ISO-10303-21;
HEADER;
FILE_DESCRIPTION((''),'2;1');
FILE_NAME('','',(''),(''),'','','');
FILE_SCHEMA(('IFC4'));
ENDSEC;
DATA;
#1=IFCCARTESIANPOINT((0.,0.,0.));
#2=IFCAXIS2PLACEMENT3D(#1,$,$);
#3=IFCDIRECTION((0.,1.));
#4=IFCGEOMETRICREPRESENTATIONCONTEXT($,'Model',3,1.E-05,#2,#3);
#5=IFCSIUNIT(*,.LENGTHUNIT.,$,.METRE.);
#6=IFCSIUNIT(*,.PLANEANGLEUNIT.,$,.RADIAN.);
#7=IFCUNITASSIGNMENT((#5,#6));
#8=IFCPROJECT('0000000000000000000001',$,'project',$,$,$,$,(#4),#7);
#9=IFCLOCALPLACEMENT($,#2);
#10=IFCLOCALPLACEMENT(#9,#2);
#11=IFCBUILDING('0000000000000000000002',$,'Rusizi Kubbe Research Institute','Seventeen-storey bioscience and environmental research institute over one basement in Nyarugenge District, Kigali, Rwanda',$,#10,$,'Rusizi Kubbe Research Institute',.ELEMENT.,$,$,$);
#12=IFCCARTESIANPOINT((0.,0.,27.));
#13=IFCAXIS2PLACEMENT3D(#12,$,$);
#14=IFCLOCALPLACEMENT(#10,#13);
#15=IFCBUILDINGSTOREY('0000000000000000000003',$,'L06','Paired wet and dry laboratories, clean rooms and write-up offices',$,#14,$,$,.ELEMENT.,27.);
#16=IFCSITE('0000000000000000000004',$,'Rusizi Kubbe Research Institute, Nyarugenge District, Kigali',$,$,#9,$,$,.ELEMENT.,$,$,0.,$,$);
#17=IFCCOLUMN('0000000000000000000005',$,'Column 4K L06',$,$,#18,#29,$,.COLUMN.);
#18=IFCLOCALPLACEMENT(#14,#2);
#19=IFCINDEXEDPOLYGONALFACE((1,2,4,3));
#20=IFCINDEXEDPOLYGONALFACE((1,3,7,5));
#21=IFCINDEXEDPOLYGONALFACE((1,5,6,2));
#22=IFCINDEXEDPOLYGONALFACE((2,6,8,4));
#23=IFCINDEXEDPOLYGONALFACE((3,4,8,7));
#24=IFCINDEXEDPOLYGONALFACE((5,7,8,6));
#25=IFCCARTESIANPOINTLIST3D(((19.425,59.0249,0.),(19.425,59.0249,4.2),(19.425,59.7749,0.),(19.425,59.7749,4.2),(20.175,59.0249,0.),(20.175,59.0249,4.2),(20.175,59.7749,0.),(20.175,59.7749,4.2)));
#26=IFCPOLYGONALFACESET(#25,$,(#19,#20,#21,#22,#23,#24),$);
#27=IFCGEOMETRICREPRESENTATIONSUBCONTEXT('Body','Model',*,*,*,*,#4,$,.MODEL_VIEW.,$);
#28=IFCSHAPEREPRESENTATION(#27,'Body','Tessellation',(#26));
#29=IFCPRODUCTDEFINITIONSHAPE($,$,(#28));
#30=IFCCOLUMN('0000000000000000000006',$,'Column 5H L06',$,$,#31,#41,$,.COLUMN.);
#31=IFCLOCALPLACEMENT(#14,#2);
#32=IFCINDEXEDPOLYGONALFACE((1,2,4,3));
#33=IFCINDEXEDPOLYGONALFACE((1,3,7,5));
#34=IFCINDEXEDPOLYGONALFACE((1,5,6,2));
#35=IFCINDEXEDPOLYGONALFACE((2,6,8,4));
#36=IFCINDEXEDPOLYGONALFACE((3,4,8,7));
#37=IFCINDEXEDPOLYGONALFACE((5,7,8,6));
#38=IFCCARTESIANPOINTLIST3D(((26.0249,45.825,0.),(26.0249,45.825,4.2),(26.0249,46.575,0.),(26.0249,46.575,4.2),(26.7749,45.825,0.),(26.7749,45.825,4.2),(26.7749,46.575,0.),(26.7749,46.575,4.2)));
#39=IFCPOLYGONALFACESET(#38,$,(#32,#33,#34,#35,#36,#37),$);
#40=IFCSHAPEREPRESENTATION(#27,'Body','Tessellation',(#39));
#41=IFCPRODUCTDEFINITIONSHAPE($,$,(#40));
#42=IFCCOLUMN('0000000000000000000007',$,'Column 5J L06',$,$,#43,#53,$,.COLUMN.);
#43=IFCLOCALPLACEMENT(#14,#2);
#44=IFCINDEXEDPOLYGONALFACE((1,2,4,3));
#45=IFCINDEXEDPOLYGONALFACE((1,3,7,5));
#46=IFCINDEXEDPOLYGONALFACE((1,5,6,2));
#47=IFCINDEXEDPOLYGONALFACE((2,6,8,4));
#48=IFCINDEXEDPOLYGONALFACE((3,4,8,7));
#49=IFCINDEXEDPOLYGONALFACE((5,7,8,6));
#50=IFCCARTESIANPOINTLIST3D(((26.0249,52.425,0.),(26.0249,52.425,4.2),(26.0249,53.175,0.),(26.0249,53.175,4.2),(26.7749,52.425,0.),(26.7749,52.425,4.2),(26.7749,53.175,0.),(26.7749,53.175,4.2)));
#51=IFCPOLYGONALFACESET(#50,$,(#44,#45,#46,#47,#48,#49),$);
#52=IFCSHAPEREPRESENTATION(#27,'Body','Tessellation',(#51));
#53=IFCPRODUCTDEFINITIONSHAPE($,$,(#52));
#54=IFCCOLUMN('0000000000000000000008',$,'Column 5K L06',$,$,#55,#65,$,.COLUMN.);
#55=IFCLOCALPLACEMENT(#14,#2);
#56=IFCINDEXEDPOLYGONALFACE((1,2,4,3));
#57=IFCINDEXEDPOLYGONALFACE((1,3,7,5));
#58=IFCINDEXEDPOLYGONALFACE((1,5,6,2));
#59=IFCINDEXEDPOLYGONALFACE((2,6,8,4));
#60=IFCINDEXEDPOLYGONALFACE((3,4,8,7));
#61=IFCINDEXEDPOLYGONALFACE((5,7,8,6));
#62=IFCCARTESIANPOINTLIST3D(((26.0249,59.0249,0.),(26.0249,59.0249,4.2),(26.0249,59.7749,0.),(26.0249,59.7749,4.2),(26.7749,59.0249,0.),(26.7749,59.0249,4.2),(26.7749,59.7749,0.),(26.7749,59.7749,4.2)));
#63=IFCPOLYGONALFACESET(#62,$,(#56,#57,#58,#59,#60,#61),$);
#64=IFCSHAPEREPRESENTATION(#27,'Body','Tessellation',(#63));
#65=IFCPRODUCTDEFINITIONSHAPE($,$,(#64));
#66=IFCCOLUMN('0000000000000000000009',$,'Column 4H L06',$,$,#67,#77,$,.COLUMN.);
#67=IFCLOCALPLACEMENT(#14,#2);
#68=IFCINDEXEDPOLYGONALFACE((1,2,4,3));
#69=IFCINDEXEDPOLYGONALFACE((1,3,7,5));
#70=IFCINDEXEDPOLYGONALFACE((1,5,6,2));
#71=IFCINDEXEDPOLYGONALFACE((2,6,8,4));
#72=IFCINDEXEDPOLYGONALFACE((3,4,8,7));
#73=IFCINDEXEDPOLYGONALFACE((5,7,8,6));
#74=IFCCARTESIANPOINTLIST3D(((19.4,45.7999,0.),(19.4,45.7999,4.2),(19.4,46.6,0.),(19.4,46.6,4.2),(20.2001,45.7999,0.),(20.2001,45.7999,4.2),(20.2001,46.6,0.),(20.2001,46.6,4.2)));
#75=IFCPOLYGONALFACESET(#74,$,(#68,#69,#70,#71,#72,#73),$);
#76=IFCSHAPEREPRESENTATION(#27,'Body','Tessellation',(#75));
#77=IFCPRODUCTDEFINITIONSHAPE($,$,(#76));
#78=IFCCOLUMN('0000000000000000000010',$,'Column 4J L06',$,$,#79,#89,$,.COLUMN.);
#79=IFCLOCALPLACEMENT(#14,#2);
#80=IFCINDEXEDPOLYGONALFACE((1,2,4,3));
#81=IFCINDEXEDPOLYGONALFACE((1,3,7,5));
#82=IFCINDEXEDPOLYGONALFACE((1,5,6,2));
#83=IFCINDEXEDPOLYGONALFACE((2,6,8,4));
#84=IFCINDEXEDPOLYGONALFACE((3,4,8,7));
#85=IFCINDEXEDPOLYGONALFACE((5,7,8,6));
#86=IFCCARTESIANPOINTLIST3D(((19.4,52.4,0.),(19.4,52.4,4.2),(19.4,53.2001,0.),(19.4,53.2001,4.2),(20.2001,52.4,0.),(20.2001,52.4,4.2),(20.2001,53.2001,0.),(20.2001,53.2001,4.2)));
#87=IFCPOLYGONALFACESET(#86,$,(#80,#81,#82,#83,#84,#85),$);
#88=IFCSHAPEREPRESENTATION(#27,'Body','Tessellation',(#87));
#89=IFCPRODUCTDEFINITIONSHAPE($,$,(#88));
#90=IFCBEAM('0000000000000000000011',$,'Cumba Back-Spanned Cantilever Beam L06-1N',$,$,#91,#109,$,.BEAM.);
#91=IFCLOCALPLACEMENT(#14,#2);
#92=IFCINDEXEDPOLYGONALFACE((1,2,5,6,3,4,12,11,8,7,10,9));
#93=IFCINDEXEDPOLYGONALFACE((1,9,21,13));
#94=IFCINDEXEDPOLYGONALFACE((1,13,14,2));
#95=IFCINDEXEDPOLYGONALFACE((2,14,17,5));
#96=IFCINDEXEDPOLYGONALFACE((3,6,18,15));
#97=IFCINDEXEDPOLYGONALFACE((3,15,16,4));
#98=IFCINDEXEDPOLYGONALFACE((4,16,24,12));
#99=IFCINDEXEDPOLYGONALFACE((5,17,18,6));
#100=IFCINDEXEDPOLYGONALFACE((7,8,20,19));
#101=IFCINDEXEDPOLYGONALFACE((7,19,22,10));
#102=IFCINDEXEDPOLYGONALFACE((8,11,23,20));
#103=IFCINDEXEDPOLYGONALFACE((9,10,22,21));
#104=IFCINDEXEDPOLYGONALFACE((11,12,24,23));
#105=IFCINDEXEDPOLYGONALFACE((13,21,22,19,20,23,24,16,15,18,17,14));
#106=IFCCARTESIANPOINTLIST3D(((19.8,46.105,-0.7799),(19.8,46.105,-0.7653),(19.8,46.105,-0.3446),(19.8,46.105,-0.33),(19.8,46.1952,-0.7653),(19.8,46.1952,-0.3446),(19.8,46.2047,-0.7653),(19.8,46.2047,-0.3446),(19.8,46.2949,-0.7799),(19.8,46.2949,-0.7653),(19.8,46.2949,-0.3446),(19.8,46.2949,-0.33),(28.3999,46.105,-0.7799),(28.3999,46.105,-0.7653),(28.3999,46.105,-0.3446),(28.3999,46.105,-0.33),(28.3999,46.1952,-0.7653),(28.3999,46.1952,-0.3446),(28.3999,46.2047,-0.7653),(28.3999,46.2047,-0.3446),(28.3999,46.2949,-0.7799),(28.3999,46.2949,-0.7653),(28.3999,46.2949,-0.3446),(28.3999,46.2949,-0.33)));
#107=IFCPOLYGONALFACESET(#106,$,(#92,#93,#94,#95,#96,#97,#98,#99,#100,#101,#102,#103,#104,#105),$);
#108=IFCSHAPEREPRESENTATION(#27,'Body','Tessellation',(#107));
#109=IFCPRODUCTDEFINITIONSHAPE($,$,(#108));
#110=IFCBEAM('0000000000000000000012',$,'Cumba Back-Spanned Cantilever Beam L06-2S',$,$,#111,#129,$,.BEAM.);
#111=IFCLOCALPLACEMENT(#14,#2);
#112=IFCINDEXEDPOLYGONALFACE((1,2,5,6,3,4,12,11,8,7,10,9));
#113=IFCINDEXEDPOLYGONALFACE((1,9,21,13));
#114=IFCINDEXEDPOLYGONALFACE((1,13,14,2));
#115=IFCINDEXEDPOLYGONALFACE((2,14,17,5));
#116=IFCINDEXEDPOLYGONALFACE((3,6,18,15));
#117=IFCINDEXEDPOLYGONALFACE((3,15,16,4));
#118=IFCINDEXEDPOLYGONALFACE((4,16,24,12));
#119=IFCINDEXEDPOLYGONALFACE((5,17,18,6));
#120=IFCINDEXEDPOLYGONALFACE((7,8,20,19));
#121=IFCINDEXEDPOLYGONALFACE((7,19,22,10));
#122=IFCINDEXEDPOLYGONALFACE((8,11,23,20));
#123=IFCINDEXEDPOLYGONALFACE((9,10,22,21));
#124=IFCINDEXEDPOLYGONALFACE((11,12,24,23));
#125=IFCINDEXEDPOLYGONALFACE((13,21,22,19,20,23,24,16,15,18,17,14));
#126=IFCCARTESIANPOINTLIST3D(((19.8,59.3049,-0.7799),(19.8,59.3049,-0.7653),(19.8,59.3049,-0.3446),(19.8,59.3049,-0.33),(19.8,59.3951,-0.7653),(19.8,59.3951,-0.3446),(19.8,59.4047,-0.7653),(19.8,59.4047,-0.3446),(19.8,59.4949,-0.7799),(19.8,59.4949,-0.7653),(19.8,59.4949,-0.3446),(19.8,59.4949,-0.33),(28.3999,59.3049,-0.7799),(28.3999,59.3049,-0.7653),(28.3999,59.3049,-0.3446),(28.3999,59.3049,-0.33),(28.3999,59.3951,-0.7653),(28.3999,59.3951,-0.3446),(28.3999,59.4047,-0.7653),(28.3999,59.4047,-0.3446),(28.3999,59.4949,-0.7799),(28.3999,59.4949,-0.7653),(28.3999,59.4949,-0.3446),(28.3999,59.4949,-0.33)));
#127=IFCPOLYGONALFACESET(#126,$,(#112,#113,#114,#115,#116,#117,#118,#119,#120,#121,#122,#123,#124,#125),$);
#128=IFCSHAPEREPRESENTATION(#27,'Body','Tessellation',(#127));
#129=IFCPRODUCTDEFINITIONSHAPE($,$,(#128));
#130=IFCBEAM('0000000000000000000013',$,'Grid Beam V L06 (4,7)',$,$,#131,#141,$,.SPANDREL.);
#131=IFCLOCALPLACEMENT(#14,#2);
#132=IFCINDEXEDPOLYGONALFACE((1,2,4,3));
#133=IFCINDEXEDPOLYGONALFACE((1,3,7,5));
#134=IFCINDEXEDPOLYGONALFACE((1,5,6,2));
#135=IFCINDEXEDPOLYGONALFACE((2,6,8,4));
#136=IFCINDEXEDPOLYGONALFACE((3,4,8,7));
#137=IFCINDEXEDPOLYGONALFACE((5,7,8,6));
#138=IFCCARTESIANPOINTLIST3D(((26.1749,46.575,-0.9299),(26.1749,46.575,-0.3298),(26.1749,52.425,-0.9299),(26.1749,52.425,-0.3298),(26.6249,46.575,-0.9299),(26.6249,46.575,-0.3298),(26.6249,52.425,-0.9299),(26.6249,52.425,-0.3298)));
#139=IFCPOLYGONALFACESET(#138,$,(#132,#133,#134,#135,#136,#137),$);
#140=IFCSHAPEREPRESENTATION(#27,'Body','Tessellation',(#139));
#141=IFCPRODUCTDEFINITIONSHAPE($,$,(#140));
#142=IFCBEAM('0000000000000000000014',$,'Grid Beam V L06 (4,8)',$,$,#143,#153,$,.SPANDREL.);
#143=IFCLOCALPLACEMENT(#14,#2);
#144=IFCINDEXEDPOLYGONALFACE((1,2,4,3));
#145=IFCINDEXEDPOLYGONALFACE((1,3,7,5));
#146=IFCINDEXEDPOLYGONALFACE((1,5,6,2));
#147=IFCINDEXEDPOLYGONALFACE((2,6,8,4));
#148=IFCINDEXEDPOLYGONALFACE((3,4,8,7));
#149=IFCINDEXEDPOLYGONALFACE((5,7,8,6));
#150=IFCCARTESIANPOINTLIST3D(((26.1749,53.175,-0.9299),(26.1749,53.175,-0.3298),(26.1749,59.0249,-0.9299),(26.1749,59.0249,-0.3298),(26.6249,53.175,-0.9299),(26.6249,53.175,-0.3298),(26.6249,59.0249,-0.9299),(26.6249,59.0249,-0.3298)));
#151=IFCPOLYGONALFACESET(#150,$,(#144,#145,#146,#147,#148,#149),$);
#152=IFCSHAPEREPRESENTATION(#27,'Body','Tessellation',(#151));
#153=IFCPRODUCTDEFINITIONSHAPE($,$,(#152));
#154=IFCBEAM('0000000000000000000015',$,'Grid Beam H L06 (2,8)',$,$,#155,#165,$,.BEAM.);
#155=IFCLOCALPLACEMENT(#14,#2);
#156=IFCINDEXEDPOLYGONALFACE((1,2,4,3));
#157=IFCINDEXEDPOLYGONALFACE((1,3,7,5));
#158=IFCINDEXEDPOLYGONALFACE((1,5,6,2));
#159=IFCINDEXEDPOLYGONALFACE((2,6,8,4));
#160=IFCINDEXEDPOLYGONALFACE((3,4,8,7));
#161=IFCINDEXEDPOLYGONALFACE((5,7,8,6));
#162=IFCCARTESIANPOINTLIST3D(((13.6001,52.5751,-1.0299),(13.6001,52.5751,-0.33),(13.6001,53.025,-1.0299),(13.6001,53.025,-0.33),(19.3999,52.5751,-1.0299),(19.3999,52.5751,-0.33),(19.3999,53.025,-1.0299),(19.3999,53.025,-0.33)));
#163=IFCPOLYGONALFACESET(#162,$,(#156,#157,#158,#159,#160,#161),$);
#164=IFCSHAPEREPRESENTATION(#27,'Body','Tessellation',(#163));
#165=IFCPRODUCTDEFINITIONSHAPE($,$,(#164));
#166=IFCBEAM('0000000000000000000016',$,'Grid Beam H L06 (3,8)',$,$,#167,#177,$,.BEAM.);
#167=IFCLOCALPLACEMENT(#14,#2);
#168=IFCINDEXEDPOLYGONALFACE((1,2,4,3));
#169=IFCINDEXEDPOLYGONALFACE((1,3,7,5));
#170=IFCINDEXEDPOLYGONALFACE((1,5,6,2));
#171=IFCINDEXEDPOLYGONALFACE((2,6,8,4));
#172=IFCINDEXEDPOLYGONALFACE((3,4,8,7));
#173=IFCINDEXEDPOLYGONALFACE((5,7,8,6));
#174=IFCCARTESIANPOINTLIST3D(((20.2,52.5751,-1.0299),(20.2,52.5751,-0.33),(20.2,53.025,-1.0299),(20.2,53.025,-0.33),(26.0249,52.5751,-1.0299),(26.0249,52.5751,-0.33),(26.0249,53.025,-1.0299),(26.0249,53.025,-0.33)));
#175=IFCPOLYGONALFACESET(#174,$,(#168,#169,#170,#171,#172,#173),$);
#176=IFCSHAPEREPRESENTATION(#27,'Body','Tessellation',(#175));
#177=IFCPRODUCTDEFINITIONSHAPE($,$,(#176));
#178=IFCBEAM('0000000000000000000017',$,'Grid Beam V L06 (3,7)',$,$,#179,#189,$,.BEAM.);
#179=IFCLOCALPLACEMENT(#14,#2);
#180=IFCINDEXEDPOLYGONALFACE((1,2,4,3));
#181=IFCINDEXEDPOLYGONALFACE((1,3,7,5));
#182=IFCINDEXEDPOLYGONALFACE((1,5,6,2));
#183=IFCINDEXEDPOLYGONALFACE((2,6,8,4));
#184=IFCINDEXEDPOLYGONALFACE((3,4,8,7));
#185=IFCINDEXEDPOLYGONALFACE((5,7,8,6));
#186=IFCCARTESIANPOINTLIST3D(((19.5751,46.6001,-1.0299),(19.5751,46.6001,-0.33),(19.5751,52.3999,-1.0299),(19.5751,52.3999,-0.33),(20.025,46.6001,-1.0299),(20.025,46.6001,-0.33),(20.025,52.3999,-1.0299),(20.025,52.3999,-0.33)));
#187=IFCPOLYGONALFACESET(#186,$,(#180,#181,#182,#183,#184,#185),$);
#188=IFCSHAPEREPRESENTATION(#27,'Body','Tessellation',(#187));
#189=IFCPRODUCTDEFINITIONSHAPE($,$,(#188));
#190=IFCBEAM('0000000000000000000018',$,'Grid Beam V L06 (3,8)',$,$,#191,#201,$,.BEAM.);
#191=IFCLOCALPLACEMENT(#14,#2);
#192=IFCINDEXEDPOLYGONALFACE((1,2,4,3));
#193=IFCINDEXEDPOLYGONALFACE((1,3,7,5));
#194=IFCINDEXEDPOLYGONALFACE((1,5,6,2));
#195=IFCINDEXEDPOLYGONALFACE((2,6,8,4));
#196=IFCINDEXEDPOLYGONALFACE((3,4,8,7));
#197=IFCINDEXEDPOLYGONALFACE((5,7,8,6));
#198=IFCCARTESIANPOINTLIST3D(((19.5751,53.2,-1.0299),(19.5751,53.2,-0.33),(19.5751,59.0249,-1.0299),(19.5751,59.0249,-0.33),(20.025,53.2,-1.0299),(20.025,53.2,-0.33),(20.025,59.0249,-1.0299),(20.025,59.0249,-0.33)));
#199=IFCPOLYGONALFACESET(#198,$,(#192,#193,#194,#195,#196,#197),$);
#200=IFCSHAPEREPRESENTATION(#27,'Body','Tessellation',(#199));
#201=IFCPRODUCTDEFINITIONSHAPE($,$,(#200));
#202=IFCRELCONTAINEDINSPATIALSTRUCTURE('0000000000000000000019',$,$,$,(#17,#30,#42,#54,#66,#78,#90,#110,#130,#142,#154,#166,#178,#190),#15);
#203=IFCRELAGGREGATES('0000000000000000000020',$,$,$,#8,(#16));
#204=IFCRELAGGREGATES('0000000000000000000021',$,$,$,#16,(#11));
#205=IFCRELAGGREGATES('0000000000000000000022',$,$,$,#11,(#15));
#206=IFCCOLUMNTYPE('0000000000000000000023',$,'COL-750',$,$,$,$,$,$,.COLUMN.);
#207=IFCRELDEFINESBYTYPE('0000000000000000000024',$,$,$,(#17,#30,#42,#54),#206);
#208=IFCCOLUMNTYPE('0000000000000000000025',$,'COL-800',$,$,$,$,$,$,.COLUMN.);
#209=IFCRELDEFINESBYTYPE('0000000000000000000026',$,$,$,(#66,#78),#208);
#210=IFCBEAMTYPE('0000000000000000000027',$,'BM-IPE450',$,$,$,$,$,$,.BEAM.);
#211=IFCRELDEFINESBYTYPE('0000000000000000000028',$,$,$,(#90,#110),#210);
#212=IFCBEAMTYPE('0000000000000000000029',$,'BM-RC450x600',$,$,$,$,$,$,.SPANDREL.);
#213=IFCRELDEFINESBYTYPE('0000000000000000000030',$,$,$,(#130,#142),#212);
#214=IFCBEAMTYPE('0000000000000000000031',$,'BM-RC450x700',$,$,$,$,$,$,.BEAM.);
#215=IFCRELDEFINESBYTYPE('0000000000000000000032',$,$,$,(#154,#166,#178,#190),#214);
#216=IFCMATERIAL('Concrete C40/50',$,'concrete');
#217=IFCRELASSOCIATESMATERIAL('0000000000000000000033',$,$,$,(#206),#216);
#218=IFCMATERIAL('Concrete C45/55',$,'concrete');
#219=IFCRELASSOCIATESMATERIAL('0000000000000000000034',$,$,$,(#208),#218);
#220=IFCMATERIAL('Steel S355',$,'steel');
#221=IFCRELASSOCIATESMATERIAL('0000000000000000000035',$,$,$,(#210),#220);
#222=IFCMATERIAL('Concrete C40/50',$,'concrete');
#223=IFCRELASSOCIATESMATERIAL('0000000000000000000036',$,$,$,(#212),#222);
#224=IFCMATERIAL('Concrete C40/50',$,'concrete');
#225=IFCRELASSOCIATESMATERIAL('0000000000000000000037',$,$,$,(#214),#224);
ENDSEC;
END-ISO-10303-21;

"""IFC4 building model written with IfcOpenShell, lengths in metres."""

from ifc_helpers import new_model, si_unit, direction, frame, origin, origin_2d, place, context, subcontext, project, spatial, rectangle, i_section, extrude, material, material_profile, profile_set, type_object, element, save


model = new_model("IFC4")

# Units and contexts
model_context = context("Model", 3, precision=1e-05, world=origin(), true_north=direction((0.0, 1.0)))
body_context = subcontext(model_context, "Body", "Model", "MODEL_VIEW")
ifc_project = project(units=[si_unit("LENGTHUNIT", "METRE"), si_unit("PLANEANGLEUNIT", "RADIAN")], contexts=[model_context])

# Site, building, storey
site_placement = place(None, origin())
site = spatial("IfcSite", under=ifc_project, at=site_placement, Name="Rusizi Kubbe Research Institute, Nyarugenge District, Kigali", CompositionType="ELEMENT", RefElevation=0.0)
building_placement = place(site_placement, origin())
building = spatial("IfcBuilding", under=site, at=building_placement, Name="Rusizi Kubbe Research Institute", Description="Seventeen-storey bioscience and environmental research institute over one basement in Nyarugenge District, Kigali, Rwanda", LongName="Rusizi Kubbe Research Institute", CompositionType="ELEMENT")
storey_placement = place(building_placement, frame((0.0, 0.0, 27.0)))
storey = spatial("IfcBuildingStorey", under=building, at=storey_placement, Name="L06", Description="Paired wet and dry laboratories, clean rooms and write-up offices", CompositionType="ELEMENT", Elevation=27.0)

# Columns
ifc_material_1 = material(Name="Concrete C40/50", Category="concrete")
ifc_material_profile_1 = material_profile(ifc_material_1, rectangle(XDim=0.75, YDim=0.75, at=origin_2d()), Name="RC750x750")
ifc_profile_set_1 = profile_set([ifc_material_profile_1], Name="Concrete C40/50")
column_type_1 = type_object("IfcColumnType", Name="COL-750", PredefinedType="COLUMN", material=ifc_profile_set_1)
for number, where, z_axis, x_axis, name in (
    (1, (19.8, 59.3999, 0.0), (0.0, 0.0, 1.0), (1.0, 0.0, 0.0), "Column 4K L06"),
    (2, (26.3999, 46.2, 0.0), (0.0, 0.0, 1.0), (1.0, 0.0, 0.0), "Column 5H L06"),
    (3, (26.3999, 52.8, 0.0), (0.0, 0.0, 1.0), (1.0, 0.0, 0.0), "Column 5J L06"),
    (4, (26.3999, 59.3999, 0.0), (0.0, 0.0, 1.0), (1.0, 0.0, 0.0), "Column 5K L06"),
):
    element("IfcColumn", number, at=place(storey_placement, frame(where, z_axis=z_axis, x_axis=x_axis)), inside=storey, type_object=column_type_1, Name=name, PredefinedType="COLUMN", context=body_context, shape_type="SweptSolid", body=[
        extrude(rectangle(XDim=0.75, YDim=0.75, at=origin_2d()), origin(), (0.0, 0.0, 1.0), 4.2),
    ])
ifc_material_2 = material(Name="Concrete C45/55", Category="concrete")
ifc_material_profile_2 = material_profile(ifc_material_2, rectangle(XDim=0.8, YDim=0.8, at=origin_2d()), Name="RC800x800")
ifc_profile_set_2 = profile_set([ifc_material_profile_2], Name="Concrete C45/55")
column_type_2 = type_object("IfcColumnType", Name="COL-800", PredefinedType="COLUMN", material=ifc_profile_set_2)
for number, where, z_axis, x_axis, name in (
    (5, (19.8, 46.2, 0.0), (0.0, 0.0, 1.0), (1.0, 0.0, 0.0), "Column 4H L06"),
    (6, (19.8, 52.8, 0.0), (0.0, 0.0, 1.0), (1.0, 0.0, 0.0), "Column 4J L06"),
):
    element("IfcColumn", number, at=place(storey_placement, frame(where, z_axis=z_axis, x_axis=x_axis)), inside=storey, type_object=column_type_2, Name=name, PredefinedType="COLUMN", context=body_context, shape_type="SweptSolid", body=[
        extrude(rectangle(XDim=0.8, YDim=0.8, at=origin_2d()), origin(), (0.0, 0.0, 1.0), 4.2),
    ])

# Beams
ifc_material_3 = material(Name="Steel S355", Category="steel")
ifc_material_profile_3 = material_profile(ifc_material_3, i_section(OverallWidth=0.1899, OverallDepth=0.45, WebThickness=0.0095, FlangeThickness=0.0146, at=origin_2d()), Name="IPE 450")
ifc_profile_set_3 = profile_set([ifc_material_profile_3], Name="Steel S355")
beam_type_1 = type_object("IfcBeamType", Name="BM-IPE450", PredefinedType="BEAM", material=ifc_profile_set_3)
for number, where, z_axis, x_axis, name in (
    (7, (19.8, 46.2, -0.5549), (1.0, 0.0, 0.0), (0.0, 1.0, 0.0), "Cumba Back-Spanned Cantilever Beam L06-1N"),
    (8, (19.8, 59.3999, -0.5549), (1.0, 0.0, 0.0), (0.0, 1.0, 0.0), "Cumba Back-Spanned Cantilever Beam L06-2S"),
):
    element("IfcBeam", number, at=place(storey_placement, frame(where, z_axis=z_axis, x_axis=x_axis)), inside=storey, type_object=beam_type_1, Name=name, PredefinedType="BEAM", context=body_context, shape_type="SweptSolid", body=[
        extrude(i_section(OverallWidth=0.1899, OverallDepth=0.45, WebThickness=0.0095, FlangeThickness=0.0146, at=origin_2d()), origin(), (0.0, 0.0, 1.0), 8.5999),
    ])
ifc_material_4 = material(Name="Concrete C40/50", Category="concrete")
ifc_material_profile_4 = material_profile(ifc_material_4, rectangle(XDim=0.45, YDim=0.6001, at=origin_2d()), Name="RC450x600")
ifc_profile_set_4 = profile_set([ifc_material_profile_4], Name="Concrete C40/50")
beam_type_2 = type_object("IfcBeamType", Name="BM-RC450x600", PredefinedType="SPANDREL", material=ifc_profile_set_4)
beam_1_placement = place(storey_placement, frame((26.3999, 46.575, -0.6299), z_axis=(0.0, 1.0, 0.0), x_axis=(-1.0, 0.0, 0.0)))
element("IfcBeam", 9, at=beam_1_placement, inside=storey, type_object=beam_type_2, Name="Grid Beam V L06 (4,7)", PredefinedType="SPANDREL", context=body_context, shape_type="SweptSolid", body=[
    extrude(rectangle(XDim=0.45, YDim=0.6001, at=origin_2d()), origin(), (0.0, 0.0, 1.0), 5.8501),
])
beam_2_placement = place(storey_placement, frame((26.3999, 53.175, -0.6299), z_axis=(0.0, 1.0, 0.0), x_axis=(-1.0, 0.0, 0.0)))
element("IfcBeam", 10, at=beam_2_placement, inside=storey, type_object=beam_type_2, Name="Grid Beam V L06 (4,8)", PredefinedType="SPANDREL", context=body_context, shape_type="SweptSolid", body=[
    extrude(rectangle(XDim=0.45, YDim=0.6001, at=origin_2d()), origin(), (0.0, 0.0, 1.0), 5.8499),
])
ifc_material_5 = material(Name="Concrete C40/50", Category="concrete")
ifc_material_profile_5 = material_profile(ifc_material_5, rectangle(XDim=0.45, YDim=0.7, at=origin_2d()), Name="RC450x700B")
ifc_profile_set_5 = profile_set([ifc_material_profile_5], Name="Concrete C40/50")
beam_type_3 = type_object("IfcBeamType", Name="BM-RC450x700", PredefinedType="BEAM", material=ifc_profile_set_5)
beam_3_placement = place(storey_placement, frame((13.6001, 52.8, -0.6799), z_axis=(1.0, 0.0, 0.0), x_axis=(0.0, 1.0, 0.0)))
element("IfcBeam", 11, at=beam_3_placement, inside=storey, type_object=beam_type_3, Name="Grid Beam H L06 (2,8)", PredefinedType="BEAM", context=body_context, shape_type="SweptSolid", body=[
    extrude(rectangle(XDim=0.45, YDim=0.7, at=origin_2d()), origin(), (0.0, 0.0, 1.0), 5.7998),
])
beam_4_placement = place(storey_placement, frame((20.2, 52.8, -0.6799), z_axis=(1.0, 0.0, 0.0), x_axis=(0.0, 1.0, 0.0)))
element("IfcBeam", 12, at=beam_4_placement, inside=storey, type_object=beam_type_3, Name="Grid Beam H L06 (3,8)", PredefinedType="BEAM", context=body_context, shape_type="SweptSolid", body=[
    extrude(rectangle(XDim=0.45, YDim=0.7, at=origin_2d()), origin(), (0.0, 0.0, 1.0), 5.825),
])
beam_5_placement = place(storey_placement, frame((19.8, 46.6001, -0.6799), z_axis=(0.0, 1.0, 0.0), x_axis=(-1.0, 0.0, 0.0)))
element("IfcBeam", 13, at=beam_5_placement, inside=storey, type_object=beam_type_3, Name="Grid Beam V L06 (3,7)", PredefinedType="BEAM", context=body_context, shape_type="SweptSolid", body=[
    extrude(rectangle(XDim=0.45, YDim=0.7, at=origin_2d()), origin(), (0.0, 0.0, 1.0), 5.7998),
])
beam_6_placement = place(storey_placement, frame((19.8, 53.2, -0.6799), z_axis=(0.0, 1.0, 0.0), x_axis=(-1.0, 0.0, 0.0)))
element("IfcBeam", 14, at=beam_6_placement, inside=storey, type_object=beam_type_3, Name="Grid Beam V L06 (3,8)", PredefinedType="BEAM", context=body_context, shape_type="SweptSolid", body=[
    extrude(rectangle(XDim=0.45, YDim=0.7, at=origin_2d()), origin(), (0.0, 0.0, 1.0), 5.825),
])

save(model, "model.ifc")
